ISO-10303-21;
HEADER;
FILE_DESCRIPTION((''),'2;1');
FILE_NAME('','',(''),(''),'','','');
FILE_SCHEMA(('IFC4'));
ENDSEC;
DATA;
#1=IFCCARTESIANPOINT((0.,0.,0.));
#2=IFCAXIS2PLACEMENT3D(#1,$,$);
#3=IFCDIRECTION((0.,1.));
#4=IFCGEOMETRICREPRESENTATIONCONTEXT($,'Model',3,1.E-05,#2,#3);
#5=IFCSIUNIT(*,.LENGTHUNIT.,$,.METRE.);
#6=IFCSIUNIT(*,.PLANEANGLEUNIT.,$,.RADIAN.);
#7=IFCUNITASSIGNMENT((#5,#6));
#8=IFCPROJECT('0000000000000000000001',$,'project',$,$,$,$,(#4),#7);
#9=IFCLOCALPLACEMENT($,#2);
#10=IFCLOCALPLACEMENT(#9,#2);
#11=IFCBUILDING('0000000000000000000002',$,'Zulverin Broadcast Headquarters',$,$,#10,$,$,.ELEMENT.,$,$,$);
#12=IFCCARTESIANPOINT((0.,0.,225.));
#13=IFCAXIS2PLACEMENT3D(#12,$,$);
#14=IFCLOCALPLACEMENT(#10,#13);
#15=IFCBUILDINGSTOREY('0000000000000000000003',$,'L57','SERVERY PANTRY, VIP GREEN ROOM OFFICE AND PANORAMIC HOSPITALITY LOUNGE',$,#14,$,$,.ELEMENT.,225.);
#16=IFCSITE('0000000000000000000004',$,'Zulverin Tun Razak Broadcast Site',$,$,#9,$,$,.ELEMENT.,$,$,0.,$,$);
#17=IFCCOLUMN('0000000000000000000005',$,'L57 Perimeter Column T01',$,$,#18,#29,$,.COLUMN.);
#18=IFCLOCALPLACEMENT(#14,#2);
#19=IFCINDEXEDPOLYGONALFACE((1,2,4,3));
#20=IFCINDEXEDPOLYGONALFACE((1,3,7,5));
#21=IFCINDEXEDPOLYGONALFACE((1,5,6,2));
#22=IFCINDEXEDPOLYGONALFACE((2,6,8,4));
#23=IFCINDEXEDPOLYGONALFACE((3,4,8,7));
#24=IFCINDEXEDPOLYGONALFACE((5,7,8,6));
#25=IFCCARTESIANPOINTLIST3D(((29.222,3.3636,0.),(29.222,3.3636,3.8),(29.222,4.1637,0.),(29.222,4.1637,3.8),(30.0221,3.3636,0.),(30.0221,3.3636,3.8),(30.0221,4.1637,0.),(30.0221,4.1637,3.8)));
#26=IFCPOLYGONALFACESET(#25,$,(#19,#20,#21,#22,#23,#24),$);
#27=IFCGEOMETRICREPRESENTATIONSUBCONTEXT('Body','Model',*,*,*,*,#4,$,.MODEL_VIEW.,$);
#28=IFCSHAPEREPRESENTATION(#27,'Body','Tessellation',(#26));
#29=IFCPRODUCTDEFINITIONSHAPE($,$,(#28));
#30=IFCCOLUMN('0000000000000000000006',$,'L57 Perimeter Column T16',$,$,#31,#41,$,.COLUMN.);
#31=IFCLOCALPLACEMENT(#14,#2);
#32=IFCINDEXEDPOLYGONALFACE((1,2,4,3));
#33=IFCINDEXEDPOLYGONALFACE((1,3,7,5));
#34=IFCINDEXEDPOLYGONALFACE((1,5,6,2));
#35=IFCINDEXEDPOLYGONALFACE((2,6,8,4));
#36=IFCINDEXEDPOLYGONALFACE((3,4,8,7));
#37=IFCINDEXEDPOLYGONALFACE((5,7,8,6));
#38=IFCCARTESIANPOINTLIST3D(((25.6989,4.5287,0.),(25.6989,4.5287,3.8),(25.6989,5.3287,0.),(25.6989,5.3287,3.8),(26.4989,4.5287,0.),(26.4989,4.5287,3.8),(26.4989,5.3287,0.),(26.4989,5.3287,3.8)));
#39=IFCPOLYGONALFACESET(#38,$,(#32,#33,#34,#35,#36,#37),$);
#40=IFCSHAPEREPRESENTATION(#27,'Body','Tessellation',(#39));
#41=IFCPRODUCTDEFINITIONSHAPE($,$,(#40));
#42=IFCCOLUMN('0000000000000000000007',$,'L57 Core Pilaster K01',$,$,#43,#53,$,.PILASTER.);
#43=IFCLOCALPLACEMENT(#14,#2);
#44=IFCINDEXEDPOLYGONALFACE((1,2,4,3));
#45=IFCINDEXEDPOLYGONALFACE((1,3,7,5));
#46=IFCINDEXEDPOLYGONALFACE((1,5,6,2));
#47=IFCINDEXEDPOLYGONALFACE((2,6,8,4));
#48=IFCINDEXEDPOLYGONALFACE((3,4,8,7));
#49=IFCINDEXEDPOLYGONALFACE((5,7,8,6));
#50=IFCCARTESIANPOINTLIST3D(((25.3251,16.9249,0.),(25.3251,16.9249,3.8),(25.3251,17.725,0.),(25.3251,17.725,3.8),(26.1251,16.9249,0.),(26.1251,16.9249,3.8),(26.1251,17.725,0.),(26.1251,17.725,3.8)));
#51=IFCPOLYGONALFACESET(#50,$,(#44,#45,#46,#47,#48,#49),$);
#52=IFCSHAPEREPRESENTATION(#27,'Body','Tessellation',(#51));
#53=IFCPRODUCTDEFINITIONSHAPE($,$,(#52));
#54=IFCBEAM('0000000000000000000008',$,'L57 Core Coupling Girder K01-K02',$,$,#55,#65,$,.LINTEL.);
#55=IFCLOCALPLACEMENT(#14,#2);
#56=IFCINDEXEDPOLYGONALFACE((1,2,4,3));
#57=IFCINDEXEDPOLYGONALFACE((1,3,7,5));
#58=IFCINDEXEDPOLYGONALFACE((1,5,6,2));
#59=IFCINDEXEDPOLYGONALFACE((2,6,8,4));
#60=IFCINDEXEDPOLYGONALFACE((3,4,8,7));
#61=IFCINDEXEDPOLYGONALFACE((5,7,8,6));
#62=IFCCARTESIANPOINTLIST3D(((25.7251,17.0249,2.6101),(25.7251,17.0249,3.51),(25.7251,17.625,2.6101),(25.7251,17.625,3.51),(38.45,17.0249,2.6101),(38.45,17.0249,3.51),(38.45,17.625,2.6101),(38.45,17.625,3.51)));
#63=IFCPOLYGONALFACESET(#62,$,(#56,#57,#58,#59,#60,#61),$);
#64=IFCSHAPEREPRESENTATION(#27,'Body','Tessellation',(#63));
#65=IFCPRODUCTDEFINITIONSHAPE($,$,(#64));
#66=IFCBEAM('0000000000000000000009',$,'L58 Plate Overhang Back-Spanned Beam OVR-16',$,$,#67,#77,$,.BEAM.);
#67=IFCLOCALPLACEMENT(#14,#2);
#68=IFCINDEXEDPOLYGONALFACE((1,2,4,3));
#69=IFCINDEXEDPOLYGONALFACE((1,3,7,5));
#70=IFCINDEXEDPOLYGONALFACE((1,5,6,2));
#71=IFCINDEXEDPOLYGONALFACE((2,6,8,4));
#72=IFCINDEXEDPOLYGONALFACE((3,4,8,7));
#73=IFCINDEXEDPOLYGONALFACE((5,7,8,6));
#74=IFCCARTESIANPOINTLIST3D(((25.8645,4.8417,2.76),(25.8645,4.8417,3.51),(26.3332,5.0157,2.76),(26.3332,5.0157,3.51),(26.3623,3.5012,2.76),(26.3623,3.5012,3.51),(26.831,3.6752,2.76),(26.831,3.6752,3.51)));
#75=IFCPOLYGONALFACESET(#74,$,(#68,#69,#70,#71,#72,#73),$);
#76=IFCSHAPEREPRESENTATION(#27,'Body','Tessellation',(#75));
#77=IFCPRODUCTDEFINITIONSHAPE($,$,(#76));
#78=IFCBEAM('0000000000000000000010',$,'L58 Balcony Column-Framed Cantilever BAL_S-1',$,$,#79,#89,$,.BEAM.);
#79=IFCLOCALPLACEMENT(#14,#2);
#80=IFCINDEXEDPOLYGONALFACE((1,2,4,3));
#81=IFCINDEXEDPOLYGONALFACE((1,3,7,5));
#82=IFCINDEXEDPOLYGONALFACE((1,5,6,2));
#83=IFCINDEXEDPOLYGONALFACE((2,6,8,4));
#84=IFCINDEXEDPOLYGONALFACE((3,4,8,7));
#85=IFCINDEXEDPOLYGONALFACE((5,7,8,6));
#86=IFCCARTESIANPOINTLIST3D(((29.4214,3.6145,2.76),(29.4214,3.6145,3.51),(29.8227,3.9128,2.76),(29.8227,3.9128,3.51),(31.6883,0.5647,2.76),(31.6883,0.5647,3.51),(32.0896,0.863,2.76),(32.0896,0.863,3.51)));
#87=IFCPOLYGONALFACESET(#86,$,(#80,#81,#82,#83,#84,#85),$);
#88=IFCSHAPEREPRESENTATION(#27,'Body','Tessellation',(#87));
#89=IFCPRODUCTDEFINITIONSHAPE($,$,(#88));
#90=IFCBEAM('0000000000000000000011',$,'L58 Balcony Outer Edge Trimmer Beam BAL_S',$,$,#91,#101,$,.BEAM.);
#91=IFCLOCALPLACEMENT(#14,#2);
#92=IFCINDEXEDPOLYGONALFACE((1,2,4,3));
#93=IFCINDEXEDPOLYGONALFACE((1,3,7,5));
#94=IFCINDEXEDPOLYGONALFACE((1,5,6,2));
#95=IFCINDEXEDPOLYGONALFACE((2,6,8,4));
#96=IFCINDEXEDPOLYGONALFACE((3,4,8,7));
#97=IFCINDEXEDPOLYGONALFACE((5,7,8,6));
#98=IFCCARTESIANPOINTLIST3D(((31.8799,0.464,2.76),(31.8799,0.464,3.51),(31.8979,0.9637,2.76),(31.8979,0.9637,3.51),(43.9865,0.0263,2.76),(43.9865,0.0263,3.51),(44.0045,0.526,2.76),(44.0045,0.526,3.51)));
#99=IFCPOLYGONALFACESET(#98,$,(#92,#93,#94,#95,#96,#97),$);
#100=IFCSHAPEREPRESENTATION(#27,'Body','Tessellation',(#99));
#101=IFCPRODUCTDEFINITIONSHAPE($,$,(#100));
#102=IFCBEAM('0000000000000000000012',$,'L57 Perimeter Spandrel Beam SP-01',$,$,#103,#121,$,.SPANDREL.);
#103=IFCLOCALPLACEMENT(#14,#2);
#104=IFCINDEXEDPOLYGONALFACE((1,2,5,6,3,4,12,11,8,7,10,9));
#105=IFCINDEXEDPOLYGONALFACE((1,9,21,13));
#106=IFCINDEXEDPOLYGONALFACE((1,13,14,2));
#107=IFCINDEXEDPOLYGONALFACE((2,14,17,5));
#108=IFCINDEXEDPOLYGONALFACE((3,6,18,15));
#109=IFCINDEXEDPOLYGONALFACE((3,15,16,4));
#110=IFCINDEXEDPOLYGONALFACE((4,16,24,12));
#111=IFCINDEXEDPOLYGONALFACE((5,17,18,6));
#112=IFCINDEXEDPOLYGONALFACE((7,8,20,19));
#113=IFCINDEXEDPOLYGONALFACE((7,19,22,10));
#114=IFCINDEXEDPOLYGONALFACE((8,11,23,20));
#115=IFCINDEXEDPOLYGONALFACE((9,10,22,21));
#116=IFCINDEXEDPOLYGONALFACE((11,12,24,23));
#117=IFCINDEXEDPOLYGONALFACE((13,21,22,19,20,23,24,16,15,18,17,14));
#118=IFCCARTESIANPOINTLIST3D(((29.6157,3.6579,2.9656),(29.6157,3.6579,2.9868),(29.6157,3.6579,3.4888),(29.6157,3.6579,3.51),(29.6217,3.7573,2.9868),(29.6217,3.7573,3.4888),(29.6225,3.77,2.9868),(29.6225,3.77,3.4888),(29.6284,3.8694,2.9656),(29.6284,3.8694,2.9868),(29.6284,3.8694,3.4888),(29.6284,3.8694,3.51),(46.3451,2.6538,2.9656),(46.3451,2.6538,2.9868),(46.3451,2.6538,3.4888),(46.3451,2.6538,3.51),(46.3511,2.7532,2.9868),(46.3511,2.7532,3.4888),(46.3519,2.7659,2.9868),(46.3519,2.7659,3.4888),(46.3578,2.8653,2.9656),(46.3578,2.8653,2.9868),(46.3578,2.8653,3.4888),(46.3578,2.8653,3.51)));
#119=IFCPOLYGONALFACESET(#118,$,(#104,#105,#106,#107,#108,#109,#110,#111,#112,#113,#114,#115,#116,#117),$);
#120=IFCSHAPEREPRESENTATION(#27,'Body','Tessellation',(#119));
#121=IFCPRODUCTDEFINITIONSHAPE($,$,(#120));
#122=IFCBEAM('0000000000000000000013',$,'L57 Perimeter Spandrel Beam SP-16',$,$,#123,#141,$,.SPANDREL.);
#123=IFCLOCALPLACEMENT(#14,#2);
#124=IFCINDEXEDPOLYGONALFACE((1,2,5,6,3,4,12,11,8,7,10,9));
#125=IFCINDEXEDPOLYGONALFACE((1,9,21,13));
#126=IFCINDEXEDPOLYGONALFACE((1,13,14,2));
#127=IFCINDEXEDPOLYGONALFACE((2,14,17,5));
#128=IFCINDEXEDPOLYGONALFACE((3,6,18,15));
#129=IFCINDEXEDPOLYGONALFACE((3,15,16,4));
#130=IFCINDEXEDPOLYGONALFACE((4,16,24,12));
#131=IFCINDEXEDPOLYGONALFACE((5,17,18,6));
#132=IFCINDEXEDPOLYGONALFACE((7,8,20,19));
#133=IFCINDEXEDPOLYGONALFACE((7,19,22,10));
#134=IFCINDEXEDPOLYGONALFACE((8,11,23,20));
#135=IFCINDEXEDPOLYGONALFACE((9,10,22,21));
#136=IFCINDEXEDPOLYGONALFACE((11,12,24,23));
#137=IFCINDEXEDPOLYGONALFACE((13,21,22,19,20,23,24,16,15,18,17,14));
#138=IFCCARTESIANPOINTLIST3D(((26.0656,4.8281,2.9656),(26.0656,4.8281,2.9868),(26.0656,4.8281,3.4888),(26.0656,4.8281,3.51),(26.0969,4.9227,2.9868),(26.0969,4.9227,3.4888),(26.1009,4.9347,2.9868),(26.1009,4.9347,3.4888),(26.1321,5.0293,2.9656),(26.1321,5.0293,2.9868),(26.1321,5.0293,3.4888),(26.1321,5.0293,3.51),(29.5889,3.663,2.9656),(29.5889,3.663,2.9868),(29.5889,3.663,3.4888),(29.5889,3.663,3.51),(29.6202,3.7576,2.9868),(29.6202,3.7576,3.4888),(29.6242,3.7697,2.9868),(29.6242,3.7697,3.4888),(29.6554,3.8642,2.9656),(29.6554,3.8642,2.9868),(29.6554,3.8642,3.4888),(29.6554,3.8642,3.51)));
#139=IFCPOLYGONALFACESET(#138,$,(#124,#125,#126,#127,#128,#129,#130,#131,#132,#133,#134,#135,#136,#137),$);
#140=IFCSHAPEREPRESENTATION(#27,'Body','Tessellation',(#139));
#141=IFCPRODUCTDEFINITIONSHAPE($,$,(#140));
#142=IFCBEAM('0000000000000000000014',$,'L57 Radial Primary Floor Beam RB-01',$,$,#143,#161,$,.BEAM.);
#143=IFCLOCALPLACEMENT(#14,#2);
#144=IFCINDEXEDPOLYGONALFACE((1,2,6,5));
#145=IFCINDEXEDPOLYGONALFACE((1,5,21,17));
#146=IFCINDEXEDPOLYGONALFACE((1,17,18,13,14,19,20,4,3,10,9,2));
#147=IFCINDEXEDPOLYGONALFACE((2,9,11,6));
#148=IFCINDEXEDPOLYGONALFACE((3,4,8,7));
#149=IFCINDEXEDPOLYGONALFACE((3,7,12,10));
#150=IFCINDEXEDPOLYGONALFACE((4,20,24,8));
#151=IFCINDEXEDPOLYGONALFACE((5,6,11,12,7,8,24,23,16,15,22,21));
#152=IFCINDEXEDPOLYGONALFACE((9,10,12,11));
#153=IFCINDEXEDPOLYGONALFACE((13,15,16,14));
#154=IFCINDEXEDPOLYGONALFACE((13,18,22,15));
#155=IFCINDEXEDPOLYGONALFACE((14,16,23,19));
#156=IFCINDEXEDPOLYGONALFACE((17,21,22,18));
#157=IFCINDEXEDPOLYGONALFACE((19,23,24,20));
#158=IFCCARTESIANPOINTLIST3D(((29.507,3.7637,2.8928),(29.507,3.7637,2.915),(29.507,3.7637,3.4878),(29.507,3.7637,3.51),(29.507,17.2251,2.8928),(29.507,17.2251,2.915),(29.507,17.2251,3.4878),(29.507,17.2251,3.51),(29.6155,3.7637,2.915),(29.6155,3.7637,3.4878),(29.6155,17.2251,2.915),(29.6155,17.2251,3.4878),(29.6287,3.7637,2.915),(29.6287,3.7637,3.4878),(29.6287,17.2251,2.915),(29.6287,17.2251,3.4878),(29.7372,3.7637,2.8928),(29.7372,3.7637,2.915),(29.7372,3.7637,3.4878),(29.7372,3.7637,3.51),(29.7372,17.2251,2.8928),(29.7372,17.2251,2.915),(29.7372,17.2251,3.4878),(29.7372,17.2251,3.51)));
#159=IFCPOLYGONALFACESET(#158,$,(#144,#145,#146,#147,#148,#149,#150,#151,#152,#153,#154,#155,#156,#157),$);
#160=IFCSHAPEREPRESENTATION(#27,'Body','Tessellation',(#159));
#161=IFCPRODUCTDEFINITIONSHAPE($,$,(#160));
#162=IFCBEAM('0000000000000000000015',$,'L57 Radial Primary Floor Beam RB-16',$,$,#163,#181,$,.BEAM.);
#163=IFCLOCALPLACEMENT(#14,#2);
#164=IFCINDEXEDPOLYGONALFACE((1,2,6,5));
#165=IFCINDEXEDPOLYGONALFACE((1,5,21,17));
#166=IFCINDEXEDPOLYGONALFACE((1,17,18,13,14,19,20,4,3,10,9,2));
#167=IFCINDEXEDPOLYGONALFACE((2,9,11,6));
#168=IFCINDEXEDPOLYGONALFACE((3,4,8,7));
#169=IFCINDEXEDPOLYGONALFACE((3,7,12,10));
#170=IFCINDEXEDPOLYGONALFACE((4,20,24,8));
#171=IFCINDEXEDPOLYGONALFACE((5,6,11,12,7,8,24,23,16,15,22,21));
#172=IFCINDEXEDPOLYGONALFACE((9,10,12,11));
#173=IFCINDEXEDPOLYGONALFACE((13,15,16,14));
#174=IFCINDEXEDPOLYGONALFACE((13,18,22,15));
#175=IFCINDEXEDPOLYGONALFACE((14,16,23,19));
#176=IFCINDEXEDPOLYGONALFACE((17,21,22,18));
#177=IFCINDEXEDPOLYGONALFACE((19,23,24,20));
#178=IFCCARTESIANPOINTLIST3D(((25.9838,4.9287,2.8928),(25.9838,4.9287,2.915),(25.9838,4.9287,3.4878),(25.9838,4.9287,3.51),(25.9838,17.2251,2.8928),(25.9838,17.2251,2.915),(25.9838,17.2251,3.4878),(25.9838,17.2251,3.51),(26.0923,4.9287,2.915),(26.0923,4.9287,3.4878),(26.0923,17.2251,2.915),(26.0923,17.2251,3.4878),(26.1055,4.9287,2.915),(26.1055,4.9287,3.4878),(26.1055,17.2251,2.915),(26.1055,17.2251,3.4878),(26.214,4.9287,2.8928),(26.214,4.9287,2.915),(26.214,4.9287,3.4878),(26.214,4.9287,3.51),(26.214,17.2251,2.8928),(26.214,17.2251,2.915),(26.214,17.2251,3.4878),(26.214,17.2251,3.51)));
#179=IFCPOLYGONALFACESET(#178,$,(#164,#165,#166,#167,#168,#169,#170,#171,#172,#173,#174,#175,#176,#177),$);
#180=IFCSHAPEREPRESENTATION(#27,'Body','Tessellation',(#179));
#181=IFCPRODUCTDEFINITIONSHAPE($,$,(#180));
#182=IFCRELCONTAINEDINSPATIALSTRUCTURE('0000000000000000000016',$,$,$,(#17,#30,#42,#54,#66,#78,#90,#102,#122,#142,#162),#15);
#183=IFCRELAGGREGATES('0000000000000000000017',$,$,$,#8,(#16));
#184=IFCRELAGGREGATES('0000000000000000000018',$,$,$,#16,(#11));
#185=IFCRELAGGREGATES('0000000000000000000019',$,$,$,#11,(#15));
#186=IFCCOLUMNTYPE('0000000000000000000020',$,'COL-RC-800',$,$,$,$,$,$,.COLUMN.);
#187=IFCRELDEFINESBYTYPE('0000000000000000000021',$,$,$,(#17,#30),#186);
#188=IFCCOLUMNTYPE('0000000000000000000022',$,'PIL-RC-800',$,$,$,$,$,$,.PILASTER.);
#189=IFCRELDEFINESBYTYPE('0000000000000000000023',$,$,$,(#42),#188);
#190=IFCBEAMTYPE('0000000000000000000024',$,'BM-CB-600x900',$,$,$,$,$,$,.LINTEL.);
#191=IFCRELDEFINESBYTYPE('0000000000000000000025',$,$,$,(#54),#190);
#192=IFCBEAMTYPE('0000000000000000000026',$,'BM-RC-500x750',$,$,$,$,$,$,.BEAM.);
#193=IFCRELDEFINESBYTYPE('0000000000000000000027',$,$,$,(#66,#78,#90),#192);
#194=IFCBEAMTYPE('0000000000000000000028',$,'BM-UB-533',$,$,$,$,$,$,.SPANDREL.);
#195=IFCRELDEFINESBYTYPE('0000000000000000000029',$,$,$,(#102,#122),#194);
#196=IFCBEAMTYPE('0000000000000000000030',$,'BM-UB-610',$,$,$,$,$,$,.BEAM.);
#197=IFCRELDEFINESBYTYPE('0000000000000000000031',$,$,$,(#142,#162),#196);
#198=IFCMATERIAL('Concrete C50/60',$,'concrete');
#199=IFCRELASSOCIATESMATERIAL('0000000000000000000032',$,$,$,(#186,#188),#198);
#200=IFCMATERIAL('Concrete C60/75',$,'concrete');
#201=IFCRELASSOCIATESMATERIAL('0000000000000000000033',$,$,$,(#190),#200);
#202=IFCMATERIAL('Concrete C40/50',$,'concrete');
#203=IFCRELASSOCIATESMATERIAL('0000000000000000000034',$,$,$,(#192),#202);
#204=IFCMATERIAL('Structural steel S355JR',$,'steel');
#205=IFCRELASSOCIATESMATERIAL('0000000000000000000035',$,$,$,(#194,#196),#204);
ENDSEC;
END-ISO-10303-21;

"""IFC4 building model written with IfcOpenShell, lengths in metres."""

from ifc_helpers import new_model, si_unit, direction, frame, origin, origin_2d, place, context, subcontext, project, spatial, rectangle, i_section, extrude, material, material_profile, profile_set, type_object, element, save


model = new_model("IFC4")

# Units and contexts
model_context = context("Model", 3, precision=1e-05, world=origin(), true_north=direction((0.0, 1.0)))
body_context = subcontext(model_context, "Body", "Model", "MODEL_VIEW")
ifc_project = project(units=[si_unit("LENGTHUNIT", "METRE"), si_unit("PLANEANGLEUNIT", "RADIAN")], contexts=[model_context])

# Site, building, storey
site_placement = place(None, origin())
site = spatial("IfcSite", under=ifc_project, at=site_placement, Name="Zulverin Tun Razak Broadcast Site", CompositionType="ELEMENT", RefElevation=0.0)
building_placement = place(site_placement, origin())
building = spatial("IfcBuilding", under=site, at=building_placement, Name="Zulverin Broadcast Headquarters", CompositionType="ELEMENT")
storey_placement = place(building_placement, frame((0.0, 0.0, 225.0)))
storey = spatial("IfcBuildingStorey", under=building, at=storey_placement, Name="L57", Description="SERVERY PANTRY, VIP GREEN ROOM OFFICE AND PANORAMIC HOSPITALITY LOUNGE", CompositionType="ELEMENT", Elevation=225.0)

# Columns
ifc_material_1 = material(Name="Concrete C50/60", Category="concrete")
ifc_material_profile_1 = material_profile(ifc_material_1, rectangle(XDim=0.8, YDim=0.8, at=origin_2d()), Name="Concrete C50/60", Category="concrete")
ifc_profile_set_1 = profile_set([ifc_material_profile_1], Name="Concrete C50/60")
column_type_1 = type_object("IfcColumnType", Name="COL-RC-800", PredefinedType="COLUMN", material=ifc_profile_set_1)
for number, where, z_axis, x_axis, name in (
    (1, (29.6221, 3.7637, 0.0), (0.0, 0.0, 1.0), (1.0, 0.0, 0.0), "L57 Perimeter Column T01"),
    (2, (26.0989, 4.9287, 0.0), (0.0, 0.0, 1.0), (1.0, 0.0, 0.0), "L57 Perimeter Column T16"),
):
    element("IfcColumn", number, at=place(storey_placement, frame(where, z_axis=z_axis, x_axis=x_axis)), inside=storey, type_object=column_type_1, Name=name, PredefinedType="COLUMN", context=body_context, shape_type="SweptSolid", body=[
        extrude(rectangle(XDim=0.8, YDim=0.8, at=origin_2d()), origin(), (0.0, 0.0, 1.0), 3.8),
    ])
ifc_material_profile_2 = material_profile(ifc_material_1, rectangle(XDim=0.8, YDim=0.8, at=origin_2d()), Name="Concrete C50/60", Category="concrete")
ifc_profile_set_2 = profile_set([ifc_material_profile_2], Name="Concrete C50/60")
column_type_2 = type_object("IfcColumnType", Name="PIL-RC-800", PredefinedType="PILASTER", material=ifc_profile_set_2)
column_placement = place(storey_placement, frame((25.7251, 17.325, 0.0), z_axis=(0.0, 0.0, 1.0), x_axis=(1.0, 0.0, 0.0)))
element("IfcColumn", 3, at=column_placement, inside=storey, type_object=column_type_2, Name="L57 Core Pilaster K01", PredefinedType="PILASTER", context=body_context, shape_type="SweptSolid", body=[
    extrude(rectangle(XDim=0.8, YDim=0.8, at=origin_2d()), origin(), (0.0, 0.0, 1.0), 3.8),
])

# Beams
ifc_material_2 = material(Name="Concrete C60/75", Category="concrete")
ifc_material_profile_3 = material_profile(ifc_material_2, rectangle(XDim=0.6001, YDim=0.8999, at=origin_2d()), Name="Concrete C60/75", Category="concrete")
ifc_profile_set_3 = profile_set([ifc_material_profile_3], Name="Concrete C60/75")
beam_type_1 = type_object("IfcBeamType", Name="BM-CB-600x900", PredefinedType="LINTEL", material=ifc_profile_set_3)
beam_1_placement = place(storey_placement, frame((25.7251, 17.325, 3.0601), z_axis=(1.0, 0.0, 0.0), x_axis=(0.0, 1.0, 0.0)))
element("IfcBeam", 4, at=beam_1_placement, inside=storey, type_object=beam_type_1, Name="L57 Core Coupling Girder K01-K02", PredefinedType="LINTEL", context=body_context, shape_type="SweptSolid", body=[
    extrude(rectangle(XDim=0.6001, YDim=0.8999, at=origin_2d()), origin(), (0.0, 0.0, 1.0), 12.7249),
])
ifc_material_3 = material(Name="Concrete C40/50", Category="concrete")
ifc_material_profile_4 = material_profile(ifc_material_3, rectangle(XDim=0.5, YDim=0.75, at=origin_2d()), Name="Concrete C40/50", Category="concrete")
ifc_profile_set_4 = profile_set([ifc_material_profile_4], Name="Concrete C40/50")
beam_type_2 = type_object("IfcBeamType", Name="BM-RC-500x750", PredefinedType="BEAM", material=ifc_profile_set_4)
beam_2_placement = place(storey_placement, frame((26.0989, 4.9287, 3.135), z_axis=(0.348109, -0.937454, 0.0), x_axis=(0.937454, 0.348109, 0.0)))
element("IfcBeam", 5, at=beam_2_placement, inside=storey, type_object=beam_type_2, Name="L58 Plate Overhang Back-Spanned Beam OVR-16", PredefinedType="BEAM", context=body_context, shape_type="SweptSolid", body=[
    extrude(rectangle(XDim=0.5, YDim=0.75, at=origin_2d()), origin(), (0.0, 0.0, 1.0), 1.4299),
])
beam_3_placement = place(storey_placement, frame((29.6221, 3.7637, 3.135), z_axis=(0.59654, -0.802583, 0.0), x_axis=(0.802583, 0.59654, 0.0)))
element("IfcBeam", 6, at=beam_3_placement, inside=storey, type_object=beam_type_2, Name="L58 Balcony Column-Framed Cantilever BAL_S-1", PredefinedType="BEAM", context=body_context, shape_type="SweptSolid", body=[
    extrude(rectangle(XDim=0.5, YDim=0.75, at=origin_2d()), origin(), (0.0, 0.0, 1.0), 3.8),
])
beam_4_placement = place(storey_placement, frame((31.8889, 0.7139, 3.135), z_axis=(0.999347, -0.036134, 0.0), x_axis=(0.036134, 0.999347, 0.0)))
element("IfcBeam", 7, at=beam_4_placement, inside=storey, type_object=beam_type_2, Name="L58 Balcony Outer Edge Trimmer Beam BAL_S", PredefinedType="BEAM", context=body_context, shape_type="SweptSolid", body=[
    extrude(rectangle(XDim=0.5, YDim=0.75, at=origin_2d()), origin(), (0.0, 0.0, 1.0), 12.1145),
])
ifc_material_4 = material(Name="Structural steel S355JR", Category="steel")
ifc_material_profile_5 = material_profile(ifc_material_4, i_section(OverallWidth=0.2119, OverallDepth=0.5444, WebThickness=0.0127, FlangeThickness=0.0212, at=origin_2d()), Name="Structural steel S355JR", Category="steel")
ifc_profile_set_5 = profile_set([ifc_material_profile_5], Name="Structural steel S355JR")
beam_type_3 = type_object("IfcBeamType", Name="BM-UB-533", PredefinedType="SPANDREL", material=ifc_profile_set_5)
beam_5_placement = place(storey_placement, frame((29.6221, 3.7637, 3.2378), z_axis=(0.998203, -0.059915, 0.0), x_axis=(0.059915, 0.998203, 0.0)))
element("IfcBeam", 8, at=beam_5_placement, inside=storey, type_object=beam_type_3, Name="L57 Perimeter Spandrel Beam SP-01", PredefinedType="SPANDREL", context=body_context, shape_type="SweptSolid", body=[
    extrude(i_section(OverallWidth=0.2119, OverallDepth=0.5444, WebThickness=0.0127, FlangeThickness=0.0212, at=origin_2d()), origin(), (0.0, 0.0, 1.0), 16.7595),
])
beam_6_placement = place(storey_placement, frame((26.0989, 4.9287, 3.2378), z_axis=(0.949437, -0.313957, 0.0), x_axis=(0.313957, 0.949437, 0.0)))
element("IfcBeam", 9, at=beam_6_placement, inside=storey, type_object=beam_type_3, Name="L57 Perimeter Spandrel Beam SP-16", PredefinedType="SPANDREL", context=body_context, shape_type="SweptSolid", body=[
    extrude(i_section(OverallWidth=0.2119, OverallDepth=0.5444, WebThickness=0.0127, FlangeThickness=0.0212, at=origin_2d()), origin(), (0.0, 0.0, 1.0), 3.7109),
])
ifc_material_profile_6 = material_profile(ifc_material_4, i_section(OverallWidth=0.2302, OverallDepth=0.6172, WebThickness=0.0132, FlangeThickness=0.0222, at=origin_2d()), Name="Structural steel S355JR", Category="steel")
ifc_profile_set_6 = profile_set([ifc_material_profile_6], Name="Structural steel S355JR")
beam_type_4 = type_object("IfcBeamType", Name="BM-UB-610", PredefinedType="BEAM", material=ifc_profile_set_6)
beam_7_placement = place(storey_placement, frame((29.6221, 17.2251, 3.2014), z_axis=(0.0, -1.0, 0.0), x_axis=(1.0, 0.0, 0.0)))
element("IfcBeam", 10, at=beam_7_placement, inside=storey, type_object=beam_type_4, Name="L57 Radial Primary Floor Beam RB-01", PredefinedType="BEAM", context=body_context, shape_type="SweptSolid", body=[
    extrude(i_section(OverallWidth=0.2302, OverallDepth=0.6172, WebThickness=0.0132, FlangeThickness=0.0222, at=origin_2d()), origin(), (0.0, 0.0, 1.0), 13.4614),
])
beam_8_placement = place(storey_placement, frame((26.0989, 17.2251, 3.2014), z_axis=(0.0, -1.0, 0.0), x_axis=(1.0, 0.0, 0.0)))
element("IfcBeam", 11, at=beam_8_placement, inside=storey, type_object=beam_type_4, Name="L57 Radial Primary Floor Beam RB-16", PredefinedType="BEAM", context=body_context, shape_type="SweptSolid", body=[
    extrude(i_section(OverallWidth=0.2302, OverallDepth=0.6172, WebThickness=0.0132, FlangeThickness=0.0222, at=origin_2d()), origin(), (0.0, 0.0, 1.0), 12.2964),
])

save(model, "model.ifc")
